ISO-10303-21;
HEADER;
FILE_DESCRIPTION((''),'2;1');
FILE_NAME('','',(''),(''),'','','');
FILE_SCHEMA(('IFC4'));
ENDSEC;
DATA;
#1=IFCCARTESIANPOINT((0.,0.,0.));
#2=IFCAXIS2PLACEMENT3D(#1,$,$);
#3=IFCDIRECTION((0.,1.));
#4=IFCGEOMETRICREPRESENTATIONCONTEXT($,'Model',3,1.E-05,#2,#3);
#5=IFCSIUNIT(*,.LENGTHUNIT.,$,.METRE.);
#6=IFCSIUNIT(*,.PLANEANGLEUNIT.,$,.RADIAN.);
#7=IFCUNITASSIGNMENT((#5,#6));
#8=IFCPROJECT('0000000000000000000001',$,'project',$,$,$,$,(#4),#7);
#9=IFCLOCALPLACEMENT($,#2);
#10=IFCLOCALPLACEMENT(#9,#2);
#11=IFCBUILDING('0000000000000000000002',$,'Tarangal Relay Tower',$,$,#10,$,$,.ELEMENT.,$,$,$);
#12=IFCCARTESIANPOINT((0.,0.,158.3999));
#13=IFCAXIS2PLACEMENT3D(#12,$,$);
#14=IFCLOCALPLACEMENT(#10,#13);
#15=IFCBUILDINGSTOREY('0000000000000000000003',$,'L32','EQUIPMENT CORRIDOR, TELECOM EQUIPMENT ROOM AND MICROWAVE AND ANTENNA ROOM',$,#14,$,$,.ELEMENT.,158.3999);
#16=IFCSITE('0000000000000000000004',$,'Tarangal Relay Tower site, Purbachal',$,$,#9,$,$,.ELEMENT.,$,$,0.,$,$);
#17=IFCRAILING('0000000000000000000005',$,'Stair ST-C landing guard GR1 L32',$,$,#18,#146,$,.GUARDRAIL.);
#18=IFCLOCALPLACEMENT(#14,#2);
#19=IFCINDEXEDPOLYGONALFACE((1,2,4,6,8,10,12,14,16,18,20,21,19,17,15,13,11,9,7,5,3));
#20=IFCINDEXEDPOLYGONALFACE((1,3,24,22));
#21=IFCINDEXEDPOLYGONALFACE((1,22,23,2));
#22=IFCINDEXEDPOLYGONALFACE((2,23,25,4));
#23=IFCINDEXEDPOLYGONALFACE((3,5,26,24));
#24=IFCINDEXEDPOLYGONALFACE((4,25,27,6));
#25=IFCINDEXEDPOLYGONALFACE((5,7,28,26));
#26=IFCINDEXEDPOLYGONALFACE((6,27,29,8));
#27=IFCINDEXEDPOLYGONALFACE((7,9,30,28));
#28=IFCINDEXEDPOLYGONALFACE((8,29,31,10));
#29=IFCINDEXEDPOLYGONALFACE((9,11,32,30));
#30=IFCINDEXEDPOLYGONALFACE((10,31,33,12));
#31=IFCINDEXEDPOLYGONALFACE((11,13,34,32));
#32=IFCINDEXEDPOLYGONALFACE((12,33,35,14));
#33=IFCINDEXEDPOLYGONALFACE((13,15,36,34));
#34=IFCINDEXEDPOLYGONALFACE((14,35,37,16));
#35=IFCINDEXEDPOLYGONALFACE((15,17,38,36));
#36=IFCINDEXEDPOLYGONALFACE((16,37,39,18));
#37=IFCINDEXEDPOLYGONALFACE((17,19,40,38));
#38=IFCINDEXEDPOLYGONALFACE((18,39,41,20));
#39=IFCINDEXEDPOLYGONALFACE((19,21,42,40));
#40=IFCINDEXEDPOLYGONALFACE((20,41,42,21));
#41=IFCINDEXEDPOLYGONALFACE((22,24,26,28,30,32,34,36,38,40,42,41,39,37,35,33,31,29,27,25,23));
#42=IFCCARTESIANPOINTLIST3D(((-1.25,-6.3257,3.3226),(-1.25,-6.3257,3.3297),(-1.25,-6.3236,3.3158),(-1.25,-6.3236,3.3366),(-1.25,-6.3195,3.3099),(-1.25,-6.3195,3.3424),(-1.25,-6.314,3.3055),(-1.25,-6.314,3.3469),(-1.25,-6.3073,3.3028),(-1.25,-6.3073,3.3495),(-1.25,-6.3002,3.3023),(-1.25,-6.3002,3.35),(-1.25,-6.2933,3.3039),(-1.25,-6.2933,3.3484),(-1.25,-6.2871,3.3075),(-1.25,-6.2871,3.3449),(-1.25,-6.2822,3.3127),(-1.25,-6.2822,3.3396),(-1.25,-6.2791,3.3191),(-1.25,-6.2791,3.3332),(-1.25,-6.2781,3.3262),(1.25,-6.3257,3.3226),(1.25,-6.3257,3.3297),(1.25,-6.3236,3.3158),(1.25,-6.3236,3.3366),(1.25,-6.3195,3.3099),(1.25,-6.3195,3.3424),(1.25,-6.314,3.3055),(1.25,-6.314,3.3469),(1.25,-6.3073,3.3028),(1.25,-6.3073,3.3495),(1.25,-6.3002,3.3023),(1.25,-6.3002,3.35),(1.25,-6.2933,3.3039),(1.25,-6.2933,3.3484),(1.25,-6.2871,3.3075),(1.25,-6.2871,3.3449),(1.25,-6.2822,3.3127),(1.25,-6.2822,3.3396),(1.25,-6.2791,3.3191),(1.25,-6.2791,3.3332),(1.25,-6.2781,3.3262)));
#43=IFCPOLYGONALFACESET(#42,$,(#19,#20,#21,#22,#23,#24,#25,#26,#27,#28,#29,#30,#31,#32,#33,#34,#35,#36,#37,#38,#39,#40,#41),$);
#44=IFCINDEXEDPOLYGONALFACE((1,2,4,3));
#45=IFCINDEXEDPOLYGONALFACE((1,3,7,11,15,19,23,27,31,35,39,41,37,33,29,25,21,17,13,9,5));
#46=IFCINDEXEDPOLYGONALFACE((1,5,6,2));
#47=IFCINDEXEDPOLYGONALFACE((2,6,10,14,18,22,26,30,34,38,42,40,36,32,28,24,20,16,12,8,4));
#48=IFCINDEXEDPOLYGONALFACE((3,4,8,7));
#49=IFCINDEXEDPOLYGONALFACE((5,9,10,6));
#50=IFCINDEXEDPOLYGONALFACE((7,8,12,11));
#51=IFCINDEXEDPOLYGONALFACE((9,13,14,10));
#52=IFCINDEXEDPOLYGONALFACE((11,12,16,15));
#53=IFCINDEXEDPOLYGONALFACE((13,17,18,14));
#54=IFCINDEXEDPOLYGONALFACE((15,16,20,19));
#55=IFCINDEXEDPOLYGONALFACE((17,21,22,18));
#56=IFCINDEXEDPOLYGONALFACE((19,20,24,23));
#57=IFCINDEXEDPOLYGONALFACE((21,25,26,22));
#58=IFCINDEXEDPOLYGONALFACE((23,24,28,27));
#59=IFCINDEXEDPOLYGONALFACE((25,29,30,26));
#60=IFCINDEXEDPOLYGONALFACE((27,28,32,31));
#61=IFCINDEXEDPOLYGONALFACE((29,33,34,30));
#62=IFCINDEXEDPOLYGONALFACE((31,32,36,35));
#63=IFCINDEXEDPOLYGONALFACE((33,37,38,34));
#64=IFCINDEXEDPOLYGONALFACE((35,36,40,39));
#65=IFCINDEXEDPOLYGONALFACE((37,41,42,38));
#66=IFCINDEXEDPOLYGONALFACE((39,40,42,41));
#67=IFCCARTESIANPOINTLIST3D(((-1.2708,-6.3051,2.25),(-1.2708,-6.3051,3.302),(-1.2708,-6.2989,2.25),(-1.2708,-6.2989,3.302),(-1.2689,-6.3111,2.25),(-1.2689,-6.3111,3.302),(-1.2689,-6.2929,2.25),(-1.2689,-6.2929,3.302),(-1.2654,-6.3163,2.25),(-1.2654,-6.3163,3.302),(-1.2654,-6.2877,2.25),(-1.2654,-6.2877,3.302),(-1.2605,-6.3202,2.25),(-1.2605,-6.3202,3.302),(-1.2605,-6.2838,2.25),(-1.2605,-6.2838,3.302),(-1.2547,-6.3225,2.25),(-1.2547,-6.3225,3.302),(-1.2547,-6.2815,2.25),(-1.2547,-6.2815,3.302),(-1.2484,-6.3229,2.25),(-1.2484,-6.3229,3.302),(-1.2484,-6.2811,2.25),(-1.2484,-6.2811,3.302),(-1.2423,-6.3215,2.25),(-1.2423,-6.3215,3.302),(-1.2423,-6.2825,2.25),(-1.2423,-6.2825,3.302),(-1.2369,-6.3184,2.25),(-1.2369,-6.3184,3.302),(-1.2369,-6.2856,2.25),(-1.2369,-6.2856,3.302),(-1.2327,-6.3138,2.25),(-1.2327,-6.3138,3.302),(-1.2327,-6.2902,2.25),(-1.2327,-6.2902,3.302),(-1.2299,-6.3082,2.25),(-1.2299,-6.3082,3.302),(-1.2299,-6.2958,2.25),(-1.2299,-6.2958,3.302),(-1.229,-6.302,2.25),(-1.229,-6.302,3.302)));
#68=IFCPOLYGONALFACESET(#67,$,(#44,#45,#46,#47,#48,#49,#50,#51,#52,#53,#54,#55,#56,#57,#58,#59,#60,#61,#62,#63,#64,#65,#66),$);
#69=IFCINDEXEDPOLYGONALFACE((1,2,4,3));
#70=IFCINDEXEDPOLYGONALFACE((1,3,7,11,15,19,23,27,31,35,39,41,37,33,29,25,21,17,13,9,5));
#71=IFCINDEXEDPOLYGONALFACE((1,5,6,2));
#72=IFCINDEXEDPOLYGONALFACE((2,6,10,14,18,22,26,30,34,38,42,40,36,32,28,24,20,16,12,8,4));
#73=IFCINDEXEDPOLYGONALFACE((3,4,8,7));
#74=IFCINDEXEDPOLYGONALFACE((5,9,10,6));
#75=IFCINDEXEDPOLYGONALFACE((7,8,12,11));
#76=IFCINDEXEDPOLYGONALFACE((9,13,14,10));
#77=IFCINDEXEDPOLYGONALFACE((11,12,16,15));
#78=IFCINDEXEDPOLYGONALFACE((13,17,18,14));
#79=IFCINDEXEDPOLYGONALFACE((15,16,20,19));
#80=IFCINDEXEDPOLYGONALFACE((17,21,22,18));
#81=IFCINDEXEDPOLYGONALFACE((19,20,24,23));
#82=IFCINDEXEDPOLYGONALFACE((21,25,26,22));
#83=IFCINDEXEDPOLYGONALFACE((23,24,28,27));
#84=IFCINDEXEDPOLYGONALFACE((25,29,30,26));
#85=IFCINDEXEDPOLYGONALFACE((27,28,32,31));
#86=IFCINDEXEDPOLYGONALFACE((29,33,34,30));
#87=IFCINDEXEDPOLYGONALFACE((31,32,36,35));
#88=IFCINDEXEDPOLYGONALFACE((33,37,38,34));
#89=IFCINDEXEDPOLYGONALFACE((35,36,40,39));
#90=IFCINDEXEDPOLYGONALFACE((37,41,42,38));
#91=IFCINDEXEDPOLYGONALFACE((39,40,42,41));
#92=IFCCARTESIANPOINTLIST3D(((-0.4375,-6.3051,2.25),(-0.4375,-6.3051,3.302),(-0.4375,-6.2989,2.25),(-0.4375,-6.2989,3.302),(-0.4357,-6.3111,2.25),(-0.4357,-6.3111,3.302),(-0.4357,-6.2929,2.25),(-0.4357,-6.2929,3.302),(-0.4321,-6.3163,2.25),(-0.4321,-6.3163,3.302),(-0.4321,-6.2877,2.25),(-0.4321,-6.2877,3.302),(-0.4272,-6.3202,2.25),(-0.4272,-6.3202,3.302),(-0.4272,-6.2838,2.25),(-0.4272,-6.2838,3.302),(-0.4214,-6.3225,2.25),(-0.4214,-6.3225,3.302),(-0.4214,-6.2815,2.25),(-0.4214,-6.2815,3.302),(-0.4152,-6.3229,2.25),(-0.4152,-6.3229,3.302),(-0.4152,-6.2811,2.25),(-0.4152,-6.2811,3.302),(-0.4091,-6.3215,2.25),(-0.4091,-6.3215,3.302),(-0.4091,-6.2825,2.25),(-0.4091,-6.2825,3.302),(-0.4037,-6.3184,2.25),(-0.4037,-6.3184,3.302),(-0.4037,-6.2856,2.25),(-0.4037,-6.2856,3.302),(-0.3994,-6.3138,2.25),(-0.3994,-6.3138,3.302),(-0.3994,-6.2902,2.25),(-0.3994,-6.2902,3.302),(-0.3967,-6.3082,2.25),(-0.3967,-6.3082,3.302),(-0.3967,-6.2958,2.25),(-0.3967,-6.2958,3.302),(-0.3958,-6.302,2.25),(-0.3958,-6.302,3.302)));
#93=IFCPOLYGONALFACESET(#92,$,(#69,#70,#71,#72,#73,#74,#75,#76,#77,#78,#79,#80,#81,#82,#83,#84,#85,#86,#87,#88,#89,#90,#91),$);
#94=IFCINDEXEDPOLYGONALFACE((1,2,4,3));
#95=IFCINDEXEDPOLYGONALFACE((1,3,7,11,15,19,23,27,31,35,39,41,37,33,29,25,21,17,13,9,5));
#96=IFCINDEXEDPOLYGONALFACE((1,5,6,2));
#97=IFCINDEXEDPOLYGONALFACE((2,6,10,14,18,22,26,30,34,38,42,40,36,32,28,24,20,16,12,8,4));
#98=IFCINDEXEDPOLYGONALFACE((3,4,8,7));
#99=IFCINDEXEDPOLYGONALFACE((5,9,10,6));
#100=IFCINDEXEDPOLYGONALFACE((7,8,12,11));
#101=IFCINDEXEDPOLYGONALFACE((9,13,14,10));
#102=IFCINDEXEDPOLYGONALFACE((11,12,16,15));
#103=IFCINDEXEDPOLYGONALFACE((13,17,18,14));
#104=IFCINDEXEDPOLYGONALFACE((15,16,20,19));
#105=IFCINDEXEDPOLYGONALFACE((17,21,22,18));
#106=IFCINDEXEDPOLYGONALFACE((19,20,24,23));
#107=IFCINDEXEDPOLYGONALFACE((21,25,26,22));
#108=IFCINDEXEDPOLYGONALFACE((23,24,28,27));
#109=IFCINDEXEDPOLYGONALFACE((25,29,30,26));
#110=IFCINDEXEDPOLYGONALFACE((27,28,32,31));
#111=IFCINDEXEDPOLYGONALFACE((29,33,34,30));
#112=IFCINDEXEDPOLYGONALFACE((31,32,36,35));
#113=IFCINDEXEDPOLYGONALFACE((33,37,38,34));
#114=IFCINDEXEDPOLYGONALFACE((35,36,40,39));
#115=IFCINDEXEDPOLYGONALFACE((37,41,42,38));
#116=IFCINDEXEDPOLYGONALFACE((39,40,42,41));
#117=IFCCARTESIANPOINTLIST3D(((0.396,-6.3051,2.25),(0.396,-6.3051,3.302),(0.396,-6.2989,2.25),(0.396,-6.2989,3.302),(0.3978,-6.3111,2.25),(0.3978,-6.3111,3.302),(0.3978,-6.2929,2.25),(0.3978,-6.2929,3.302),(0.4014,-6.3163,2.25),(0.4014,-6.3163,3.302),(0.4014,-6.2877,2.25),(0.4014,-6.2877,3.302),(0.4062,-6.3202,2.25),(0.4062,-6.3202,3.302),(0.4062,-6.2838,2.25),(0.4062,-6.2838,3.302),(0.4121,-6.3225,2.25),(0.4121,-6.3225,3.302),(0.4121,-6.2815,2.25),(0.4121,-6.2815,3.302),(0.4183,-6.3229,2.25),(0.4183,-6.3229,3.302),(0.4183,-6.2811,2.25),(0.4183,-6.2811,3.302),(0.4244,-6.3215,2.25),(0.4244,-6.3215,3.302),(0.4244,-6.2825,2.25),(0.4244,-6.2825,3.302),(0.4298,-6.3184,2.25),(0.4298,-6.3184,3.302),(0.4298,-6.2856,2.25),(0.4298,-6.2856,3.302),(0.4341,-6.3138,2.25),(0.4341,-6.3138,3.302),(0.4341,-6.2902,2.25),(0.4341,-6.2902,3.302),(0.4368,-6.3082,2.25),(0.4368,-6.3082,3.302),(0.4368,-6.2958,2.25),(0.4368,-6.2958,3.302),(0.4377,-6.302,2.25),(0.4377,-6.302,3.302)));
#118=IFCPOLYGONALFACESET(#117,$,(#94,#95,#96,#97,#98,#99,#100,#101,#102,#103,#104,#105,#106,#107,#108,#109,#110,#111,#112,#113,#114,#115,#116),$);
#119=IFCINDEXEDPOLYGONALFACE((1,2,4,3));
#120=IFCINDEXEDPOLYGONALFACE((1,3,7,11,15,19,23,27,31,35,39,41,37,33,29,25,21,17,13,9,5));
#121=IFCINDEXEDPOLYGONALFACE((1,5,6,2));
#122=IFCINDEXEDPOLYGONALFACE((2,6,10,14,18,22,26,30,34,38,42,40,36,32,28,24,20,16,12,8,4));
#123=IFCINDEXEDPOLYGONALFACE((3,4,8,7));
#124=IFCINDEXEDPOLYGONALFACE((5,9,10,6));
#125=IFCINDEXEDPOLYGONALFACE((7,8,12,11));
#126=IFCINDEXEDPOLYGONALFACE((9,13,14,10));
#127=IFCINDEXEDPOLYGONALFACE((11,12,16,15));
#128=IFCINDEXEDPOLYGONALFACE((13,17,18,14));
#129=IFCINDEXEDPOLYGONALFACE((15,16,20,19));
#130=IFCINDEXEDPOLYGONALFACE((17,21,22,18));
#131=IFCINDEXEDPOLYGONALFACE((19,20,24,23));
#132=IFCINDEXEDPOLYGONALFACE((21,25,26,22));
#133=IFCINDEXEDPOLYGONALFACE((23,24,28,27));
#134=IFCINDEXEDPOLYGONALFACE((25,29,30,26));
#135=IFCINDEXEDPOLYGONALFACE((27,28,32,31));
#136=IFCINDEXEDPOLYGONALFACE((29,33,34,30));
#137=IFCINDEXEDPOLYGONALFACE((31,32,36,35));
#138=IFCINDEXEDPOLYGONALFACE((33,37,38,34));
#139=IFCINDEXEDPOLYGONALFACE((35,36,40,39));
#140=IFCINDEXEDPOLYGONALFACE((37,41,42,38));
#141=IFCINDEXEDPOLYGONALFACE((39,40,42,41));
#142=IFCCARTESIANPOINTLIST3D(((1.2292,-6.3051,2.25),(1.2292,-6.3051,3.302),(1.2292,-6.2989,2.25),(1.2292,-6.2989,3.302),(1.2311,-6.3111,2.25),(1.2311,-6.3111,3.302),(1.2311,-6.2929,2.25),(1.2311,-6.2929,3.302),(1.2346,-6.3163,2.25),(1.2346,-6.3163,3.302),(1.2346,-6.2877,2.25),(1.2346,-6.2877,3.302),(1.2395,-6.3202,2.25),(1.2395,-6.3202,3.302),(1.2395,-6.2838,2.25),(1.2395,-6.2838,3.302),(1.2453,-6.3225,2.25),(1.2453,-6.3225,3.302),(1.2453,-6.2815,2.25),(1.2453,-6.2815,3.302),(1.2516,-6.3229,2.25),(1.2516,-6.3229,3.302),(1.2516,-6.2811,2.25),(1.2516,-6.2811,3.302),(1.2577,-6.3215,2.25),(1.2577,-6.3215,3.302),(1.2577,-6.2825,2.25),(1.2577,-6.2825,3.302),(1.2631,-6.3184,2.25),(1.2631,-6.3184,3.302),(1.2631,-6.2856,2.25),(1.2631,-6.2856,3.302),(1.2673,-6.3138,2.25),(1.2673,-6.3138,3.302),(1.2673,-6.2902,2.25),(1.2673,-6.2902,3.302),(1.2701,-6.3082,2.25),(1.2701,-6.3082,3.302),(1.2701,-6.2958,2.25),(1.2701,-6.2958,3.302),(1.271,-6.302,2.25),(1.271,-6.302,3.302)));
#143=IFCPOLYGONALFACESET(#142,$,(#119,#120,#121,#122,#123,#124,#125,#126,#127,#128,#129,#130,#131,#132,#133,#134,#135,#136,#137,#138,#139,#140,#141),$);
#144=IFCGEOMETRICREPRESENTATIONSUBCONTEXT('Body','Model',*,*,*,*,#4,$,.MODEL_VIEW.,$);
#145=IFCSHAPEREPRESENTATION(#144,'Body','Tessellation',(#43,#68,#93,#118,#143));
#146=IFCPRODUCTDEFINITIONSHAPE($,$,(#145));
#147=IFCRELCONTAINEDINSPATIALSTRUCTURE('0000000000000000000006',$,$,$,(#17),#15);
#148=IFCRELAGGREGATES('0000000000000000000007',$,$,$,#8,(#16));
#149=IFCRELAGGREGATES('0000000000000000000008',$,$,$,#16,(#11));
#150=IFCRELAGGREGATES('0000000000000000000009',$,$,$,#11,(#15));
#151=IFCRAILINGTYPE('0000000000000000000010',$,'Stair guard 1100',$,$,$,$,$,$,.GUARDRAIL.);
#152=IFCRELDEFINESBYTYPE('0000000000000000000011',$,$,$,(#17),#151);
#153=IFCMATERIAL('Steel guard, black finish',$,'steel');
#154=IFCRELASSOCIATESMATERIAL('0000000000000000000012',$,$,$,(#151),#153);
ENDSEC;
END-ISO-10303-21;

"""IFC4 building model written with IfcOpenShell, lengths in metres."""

from ifc_helpers import new_model, si_unit, direction, frame, origin, origin_2d, place, context, subcontext, project, spatial, circle, extrude, material, type_object, element, save


model = new_model("IFC4")

# Units and contexts
model_context = context("Model", 3, precision=1e-05, world=origin(), true_north=direction((0.0, 1.0)))
body_context = subcontext(model_context, "Body", "Model", "MODEL_VIEW")
ifc_project = project(units=[si_unit("LENGTHUNIT", "METRE"), si_unit("PLANEANGLEUNIT", "RADIAN")], contexts=[model_context])

# Site, building, storey
site_placement = place(None, origin())
site = spatial("IfcSite", under=ifc_project, at=site_placement, Name="Tarangal Relay Tower site, Purbachal", CompositionType="ELEMENT", RefElevation=0.0)
building_placement = place(site_placement, origin())
building = spatial("IfcBuilding", under=site, at=building_placement, Name="Tarangal Relay Tower", CompositionType="ELEMENT")
storey_placement = place(building_placement, frame((0.0, 0.0, 158.3999)))
storey = spatial("IfcBuildingStorey", under=building, at=storey_placement, Name="L32", Description="EQUIPMENT CORRIDOR, TELECOM EQUIPMENT ROOM AND MICROWAVE AND ANTENNA ROOM", CompositionType="ELEMENT", Elevation=158.3999)

# Railing
ifc_material_1 = material(Name="Steel guard, black finish", Category="steel")
railing_type_1 = type_object("IfcRailingType", Name="Stair guard 1100", PredefinedType="GUARDRAIL", material=ifc_material_1)
for number, where, name in (
    (1, (-1.25, -6.302, 2.25), "Stair ST-C landing guard GR1 L32"),
):
    element("IfcRailing", number, at=place(storey_placement, frame(where)), inside=storey, type_object=railing_type_1, Name=name, PredefinedType="GUARDRAIL", context=body_context, shape_type="SweptSolid", body=[
        extrude(circle(Radius=0.0239, at=origin_2d()), frame((0.0, 0.0, 1.0762), z_axis=(1.0, 0.0, 0.0), x_axis=(0.0, 1.0, 0.0)), (0.0, 0.0, 1.0), 2.5),
        extrude(circle(Radius=0.021, at=origin_2d()), origin(), (0.0, 0.0, 1.0), 1.052),
        extrude(circle(Radius=0.021, at=origin_2d()), frame((0.8333, 0.0, 0.0)), (0.0, 0.0, 1.0), 1.052),
        extrude(circle(Radius=0.021, at=origin_2d()), frame((1.6667, 0.0, 0.0)), (0.0, 0.0, 1.0), 1.052),
        extrude(circle(Radius=0.021, at=origin_2d()), frame((2.5, 0.0, 0.0)), (0.0, 0.0, 1.0), 1.052),
    ])

save(model, "model.ifc")
